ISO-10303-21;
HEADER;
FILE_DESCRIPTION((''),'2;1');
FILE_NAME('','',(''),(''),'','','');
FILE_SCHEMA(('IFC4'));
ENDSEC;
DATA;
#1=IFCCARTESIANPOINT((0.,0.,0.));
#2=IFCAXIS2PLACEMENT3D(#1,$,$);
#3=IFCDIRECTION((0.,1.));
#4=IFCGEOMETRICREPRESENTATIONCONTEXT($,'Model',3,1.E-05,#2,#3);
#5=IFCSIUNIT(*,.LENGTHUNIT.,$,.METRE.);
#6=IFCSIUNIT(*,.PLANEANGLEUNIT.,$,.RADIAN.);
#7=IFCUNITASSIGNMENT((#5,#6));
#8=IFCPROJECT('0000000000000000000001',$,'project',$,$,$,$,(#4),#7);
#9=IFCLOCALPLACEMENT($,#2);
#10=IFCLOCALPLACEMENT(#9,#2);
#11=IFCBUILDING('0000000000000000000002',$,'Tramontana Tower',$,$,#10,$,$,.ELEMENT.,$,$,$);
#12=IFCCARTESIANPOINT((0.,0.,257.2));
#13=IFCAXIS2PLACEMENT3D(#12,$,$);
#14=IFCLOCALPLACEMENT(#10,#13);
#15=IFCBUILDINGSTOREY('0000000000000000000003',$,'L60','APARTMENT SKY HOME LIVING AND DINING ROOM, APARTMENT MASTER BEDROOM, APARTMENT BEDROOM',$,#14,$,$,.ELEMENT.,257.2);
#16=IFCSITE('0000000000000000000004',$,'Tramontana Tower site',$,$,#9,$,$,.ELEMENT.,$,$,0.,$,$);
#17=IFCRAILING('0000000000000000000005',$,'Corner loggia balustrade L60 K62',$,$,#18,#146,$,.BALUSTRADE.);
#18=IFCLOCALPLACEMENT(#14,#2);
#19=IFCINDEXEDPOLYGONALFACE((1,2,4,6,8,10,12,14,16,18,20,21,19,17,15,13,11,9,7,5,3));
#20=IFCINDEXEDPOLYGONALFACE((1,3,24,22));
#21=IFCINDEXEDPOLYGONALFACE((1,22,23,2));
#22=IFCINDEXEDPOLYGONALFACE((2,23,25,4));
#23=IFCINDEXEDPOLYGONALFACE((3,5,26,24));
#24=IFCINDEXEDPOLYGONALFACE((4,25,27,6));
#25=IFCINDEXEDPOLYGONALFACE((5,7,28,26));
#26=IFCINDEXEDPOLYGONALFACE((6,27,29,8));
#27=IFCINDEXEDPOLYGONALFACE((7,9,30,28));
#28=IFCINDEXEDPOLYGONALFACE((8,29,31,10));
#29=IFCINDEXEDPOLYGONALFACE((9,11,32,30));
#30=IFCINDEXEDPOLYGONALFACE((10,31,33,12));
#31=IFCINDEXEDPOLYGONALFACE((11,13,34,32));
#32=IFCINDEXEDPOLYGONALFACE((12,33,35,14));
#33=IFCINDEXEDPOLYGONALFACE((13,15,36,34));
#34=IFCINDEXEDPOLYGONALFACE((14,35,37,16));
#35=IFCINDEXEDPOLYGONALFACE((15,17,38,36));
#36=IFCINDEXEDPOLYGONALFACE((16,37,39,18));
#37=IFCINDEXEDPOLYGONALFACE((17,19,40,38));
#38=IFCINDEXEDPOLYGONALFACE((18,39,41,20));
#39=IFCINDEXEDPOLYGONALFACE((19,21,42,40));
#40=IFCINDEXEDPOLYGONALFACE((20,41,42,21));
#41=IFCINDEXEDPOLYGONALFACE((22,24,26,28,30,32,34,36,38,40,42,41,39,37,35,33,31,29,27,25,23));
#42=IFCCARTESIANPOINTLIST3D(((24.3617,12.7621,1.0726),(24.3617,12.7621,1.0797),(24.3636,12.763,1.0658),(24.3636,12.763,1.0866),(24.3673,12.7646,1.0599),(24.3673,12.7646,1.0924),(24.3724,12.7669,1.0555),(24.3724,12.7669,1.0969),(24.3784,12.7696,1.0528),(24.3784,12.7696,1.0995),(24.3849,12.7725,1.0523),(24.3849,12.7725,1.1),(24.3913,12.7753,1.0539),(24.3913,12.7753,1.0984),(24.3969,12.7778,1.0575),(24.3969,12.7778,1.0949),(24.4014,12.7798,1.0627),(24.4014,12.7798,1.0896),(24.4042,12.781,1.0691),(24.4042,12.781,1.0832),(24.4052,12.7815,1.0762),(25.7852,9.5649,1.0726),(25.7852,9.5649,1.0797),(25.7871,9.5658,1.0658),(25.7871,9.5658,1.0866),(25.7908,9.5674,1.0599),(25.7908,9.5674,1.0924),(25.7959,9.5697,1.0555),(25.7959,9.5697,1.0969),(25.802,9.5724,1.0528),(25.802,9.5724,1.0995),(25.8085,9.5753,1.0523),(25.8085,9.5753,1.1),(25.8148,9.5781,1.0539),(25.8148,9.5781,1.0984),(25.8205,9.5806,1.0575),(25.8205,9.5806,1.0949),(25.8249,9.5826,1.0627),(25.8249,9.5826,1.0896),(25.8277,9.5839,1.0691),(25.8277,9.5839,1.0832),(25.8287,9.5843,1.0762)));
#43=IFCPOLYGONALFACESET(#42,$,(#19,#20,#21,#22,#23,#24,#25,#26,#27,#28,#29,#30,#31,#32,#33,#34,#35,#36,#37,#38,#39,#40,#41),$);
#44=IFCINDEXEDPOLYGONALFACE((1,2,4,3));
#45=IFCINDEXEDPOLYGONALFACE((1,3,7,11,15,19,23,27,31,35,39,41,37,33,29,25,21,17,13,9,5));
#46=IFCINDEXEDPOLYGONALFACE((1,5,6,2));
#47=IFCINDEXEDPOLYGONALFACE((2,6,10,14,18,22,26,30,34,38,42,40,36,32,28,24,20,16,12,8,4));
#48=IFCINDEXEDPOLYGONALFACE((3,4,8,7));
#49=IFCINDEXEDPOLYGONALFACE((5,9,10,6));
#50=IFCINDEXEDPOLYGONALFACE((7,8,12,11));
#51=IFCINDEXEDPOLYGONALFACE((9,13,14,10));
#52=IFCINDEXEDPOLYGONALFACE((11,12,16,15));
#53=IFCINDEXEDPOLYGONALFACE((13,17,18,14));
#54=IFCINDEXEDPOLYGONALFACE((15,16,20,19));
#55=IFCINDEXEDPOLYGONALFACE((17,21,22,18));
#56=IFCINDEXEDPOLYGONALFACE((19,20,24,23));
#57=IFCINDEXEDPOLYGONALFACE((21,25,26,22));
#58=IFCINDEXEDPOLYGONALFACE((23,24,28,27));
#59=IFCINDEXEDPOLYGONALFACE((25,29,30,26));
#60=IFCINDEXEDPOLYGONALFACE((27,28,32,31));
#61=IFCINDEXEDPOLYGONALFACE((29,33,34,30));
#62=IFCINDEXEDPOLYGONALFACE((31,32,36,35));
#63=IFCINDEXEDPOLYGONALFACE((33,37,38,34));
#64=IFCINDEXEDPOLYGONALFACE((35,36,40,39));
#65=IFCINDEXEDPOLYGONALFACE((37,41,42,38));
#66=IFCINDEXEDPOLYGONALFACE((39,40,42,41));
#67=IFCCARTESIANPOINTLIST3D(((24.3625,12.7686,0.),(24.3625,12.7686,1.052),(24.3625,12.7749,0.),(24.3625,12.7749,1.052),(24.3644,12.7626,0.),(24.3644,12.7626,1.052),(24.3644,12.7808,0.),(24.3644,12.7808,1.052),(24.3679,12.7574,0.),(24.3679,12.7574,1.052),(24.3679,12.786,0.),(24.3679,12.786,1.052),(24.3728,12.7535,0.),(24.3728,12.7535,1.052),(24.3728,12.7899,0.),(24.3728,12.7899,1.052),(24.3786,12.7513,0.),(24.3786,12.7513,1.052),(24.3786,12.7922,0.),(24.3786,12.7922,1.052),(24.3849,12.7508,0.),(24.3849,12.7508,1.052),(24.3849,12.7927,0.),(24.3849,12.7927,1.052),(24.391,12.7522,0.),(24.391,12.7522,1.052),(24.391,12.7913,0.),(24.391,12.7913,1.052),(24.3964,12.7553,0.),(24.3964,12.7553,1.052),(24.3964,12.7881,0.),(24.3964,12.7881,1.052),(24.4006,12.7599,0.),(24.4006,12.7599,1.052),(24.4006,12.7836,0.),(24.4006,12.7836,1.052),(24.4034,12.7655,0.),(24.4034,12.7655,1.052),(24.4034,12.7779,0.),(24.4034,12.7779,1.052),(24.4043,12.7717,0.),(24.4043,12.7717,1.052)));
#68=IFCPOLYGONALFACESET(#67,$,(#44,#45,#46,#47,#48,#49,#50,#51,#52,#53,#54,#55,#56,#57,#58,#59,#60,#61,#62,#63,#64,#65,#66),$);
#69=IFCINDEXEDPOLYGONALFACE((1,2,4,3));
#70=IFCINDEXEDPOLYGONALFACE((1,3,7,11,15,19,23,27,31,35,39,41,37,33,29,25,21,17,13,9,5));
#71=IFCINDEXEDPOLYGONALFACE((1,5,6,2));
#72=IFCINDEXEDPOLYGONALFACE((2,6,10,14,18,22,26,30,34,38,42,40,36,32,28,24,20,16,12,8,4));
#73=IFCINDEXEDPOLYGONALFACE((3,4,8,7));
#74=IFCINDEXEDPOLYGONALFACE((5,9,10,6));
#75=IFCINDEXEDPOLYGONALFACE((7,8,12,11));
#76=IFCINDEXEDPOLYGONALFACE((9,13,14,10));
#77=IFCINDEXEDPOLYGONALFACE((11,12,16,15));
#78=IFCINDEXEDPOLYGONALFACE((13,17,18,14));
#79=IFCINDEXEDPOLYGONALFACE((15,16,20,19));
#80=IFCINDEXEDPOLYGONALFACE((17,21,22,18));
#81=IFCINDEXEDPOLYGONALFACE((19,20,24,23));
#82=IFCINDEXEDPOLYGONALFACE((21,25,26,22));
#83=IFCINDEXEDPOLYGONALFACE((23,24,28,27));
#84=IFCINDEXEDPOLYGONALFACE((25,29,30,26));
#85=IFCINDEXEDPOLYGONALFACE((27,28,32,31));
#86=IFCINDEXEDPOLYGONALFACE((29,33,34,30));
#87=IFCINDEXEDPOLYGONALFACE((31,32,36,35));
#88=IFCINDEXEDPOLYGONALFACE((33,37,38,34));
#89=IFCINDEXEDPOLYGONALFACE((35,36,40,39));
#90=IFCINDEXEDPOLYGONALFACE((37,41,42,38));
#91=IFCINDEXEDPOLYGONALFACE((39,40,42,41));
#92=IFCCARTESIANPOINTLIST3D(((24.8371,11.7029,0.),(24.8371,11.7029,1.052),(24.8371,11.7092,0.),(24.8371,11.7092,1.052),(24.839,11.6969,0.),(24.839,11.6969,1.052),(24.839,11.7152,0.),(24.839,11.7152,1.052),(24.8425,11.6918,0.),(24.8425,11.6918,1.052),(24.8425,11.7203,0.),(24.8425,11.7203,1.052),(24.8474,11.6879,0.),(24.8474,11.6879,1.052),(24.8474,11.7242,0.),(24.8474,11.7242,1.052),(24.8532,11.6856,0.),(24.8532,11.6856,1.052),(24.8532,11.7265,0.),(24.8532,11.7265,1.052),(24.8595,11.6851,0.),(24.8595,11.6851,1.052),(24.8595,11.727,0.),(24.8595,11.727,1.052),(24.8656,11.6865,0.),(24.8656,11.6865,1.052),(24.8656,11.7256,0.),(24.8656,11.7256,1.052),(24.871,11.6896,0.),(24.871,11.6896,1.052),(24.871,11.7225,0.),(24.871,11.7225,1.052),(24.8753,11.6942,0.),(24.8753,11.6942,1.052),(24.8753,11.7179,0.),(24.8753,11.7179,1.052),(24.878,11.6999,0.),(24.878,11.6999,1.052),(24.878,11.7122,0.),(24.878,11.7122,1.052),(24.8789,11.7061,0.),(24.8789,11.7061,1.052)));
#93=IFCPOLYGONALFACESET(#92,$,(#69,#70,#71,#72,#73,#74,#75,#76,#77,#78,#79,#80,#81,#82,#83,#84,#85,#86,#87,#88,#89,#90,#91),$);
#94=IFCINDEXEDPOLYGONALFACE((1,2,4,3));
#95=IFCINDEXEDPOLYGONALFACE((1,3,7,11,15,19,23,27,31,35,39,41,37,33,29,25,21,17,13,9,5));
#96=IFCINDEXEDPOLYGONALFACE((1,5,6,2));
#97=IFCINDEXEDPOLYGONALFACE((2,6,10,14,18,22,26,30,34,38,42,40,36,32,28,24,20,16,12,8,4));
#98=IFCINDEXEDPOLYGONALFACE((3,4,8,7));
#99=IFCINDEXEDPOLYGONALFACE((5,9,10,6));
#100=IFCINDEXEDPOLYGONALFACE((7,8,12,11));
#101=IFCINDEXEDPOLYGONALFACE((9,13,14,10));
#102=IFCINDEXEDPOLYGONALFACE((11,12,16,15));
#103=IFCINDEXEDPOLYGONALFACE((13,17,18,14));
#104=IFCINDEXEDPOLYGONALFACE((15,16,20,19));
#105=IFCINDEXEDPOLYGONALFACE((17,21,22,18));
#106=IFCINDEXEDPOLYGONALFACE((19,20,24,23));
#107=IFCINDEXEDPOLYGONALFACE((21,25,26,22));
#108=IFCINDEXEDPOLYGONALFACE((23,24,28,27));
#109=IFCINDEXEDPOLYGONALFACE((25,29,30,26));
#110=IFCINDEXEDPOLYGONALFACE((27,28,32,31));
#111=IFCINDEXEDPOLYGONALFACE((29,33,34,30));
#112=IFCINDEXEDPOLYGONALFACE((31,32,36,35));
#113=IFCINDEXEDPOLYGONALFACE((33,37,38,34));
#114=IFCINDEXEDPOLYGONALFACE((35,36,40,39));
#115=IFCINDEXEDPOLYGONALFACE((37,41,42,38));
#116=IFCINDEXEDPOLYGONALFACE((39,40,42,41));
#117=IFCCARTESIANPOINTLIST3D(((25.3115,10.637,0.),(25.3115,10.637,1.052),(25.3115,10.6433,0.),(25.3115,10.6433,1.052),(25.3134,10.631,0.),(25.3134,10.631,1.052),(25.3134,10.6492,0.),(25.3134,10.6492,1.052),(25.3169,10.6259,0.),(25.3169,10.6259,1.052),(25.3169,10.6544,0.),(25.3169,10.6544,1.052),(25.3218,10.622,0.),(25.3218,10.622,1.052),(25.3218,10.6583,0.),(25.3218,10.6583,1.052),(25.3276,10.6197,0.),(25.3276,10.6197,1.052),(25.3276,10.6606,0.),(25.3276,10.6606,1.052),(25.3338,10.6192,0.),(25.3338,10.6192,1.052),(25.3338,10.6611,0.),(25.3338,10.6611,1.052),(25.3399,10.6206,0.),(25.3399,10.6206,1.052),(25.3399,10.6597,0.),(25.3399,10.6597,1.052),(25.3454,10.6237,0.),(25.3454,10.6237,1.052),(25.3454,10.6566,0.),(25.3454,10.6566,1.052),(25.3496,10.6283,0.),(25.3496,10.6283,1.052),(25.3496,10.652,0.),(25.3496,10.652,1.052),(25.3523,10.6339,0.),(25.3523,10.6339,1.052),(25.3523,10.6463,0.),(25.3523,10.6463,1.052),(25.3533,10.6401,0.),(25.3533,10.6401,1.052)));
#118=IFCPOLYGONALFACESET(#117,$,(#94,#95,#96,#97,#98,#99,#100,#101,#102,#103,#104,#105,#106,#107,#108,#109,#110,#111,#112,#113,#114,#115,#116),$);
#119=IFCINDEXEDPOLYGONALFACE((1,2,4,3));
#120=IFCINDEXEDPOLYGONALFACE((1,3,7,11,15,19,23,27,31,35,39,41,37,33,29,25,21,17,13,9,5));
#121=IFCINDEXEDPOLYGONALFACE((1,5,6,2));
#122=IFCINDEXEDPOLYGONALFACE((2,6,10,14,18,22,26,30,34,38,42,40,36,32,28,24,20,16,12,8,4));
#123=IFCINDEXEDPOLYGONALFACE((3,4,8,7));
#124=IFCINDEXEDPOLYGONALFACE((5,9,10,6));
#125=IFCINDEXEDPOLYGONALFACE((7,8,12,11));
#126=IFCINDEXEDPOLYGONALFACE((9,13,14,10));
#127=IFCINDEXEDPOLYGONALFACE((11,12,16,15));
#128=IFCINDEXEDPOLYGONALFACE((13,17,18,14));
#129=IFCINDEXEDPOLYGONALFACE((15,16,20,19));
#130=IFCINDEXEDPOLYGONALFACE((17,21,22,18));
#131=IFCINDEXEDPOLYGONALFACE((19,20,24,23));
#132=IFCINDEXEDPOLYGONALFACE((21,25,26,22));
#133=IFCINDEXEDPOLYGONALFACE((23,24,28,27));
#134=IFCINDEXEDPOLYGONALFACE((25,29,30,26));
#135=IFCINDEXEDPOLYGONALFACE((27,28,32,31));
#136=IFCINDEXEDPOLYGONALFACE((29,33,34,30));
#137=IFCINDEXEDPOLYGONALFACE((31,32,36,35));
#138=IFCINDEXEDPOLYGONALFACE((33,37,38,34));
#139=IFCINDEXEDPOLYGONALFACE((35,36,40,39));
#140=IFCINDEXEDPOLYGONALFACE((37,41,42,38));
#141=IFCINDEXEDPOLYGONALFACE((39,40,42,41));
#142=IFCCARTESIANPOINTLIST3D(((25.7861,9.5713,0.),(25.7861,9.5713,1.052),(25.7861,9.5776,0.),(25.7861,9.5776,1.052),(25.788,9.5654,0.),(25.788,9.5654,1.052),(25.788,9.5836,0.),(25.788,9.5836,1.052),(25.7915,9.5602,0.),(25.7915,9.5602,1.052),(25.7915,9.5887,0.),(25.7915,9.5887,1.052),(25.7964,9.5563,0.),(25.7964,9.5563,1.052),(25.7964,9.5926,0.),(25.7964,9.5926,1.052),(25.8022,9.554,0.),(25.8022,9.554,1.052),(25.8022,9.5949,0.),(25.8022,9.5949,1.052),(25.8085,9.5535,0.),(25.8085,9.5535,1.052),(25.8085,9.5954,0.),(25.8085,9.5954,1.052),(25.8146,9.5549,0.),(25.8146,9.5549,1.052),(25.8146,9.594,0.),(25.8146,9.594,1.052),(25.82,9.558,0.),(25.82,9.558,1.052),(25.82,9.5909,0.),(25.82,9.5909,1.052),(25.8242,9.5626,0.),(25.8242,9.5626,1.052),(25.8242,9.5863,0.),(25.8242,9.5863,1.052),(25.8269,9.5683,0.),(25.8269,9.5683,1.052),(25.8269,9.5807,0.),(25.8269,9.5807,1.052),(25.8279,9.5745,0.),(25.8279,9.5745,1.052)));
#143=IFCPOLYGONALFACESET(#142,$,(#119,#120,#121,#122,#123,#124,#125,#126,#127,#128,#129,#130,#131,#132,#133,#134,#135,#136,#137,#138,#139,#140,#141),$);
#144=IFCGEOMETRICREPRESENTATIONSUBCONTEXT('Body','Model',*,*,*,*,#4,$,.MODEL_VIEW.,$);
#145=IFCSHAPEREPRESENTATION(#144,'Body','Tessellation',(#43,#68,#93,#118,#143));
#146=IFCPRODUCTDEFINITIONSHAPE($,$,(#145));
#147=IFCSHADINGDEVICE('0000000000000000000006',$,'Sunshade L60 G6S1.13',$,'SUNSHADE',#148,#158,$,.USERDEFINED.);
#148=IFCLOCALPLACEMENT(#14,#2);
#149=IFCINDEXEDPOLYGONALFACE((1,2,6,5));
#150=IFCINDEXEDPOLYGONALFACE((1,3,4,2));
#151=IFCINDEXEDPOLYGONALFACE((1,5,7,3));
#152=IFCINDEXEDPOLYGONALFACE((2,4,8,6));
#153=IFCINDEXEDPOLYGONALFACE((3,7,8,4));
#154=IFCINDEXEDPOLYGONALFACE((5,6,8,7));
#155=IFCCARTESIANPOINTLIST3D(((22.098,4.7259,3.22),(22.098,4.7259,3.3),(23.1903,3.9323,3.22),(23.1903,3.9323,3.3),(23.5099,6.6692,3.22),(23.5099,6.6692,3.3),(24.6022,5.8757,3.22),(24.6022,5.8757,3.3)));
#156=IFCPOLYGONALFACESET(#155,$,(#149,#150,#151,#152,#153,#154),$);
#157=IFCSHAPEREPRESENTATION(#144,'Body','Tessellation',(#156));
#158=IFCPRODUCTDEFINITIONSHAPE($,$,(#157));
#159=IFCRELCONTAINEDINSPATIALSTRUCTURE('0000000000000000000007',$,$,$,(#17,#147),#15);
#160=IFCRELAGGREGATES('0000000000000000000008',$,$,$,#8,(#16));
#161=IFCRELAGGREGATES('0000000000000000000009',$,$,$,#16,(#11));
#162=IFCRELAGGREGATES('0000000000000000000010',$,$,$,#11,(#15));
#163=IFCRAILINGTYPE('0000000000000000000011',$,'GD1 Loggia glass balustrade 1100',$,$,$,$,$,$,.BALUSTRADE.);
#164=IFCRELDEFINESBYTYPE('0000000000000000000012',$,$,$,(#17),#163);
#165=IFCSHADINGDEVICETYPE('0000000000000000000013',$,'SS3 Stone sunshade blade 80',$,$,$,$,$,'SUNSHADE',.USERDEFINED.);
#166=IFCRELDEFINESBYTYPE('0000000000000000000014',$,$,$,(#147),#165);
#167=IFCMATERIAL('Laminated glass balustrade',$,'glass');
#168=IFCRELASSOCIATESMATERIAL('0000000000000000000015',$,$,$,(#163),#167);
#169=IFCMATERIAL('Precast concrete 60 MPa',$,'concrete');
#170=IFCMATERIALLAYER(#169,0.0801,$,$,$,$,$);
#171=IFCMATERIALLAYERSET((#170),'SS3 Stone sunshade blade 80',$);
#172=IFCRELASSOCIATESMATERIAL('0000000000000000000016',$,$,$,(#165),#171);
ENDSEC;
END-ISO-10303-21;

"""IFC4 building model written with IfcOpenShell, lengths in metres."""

from ifc_helpers import new_model, si_unit, direction, frame, origin, origin_2d, place, context, subcontext, project, spatial, rectangle, circle, extrude, material, layer, layer_set, type_object, element, save


model = new_model("IFC4")

# Units and contexts
model_context = context("Model", 3, precision=1e-05, world=origin(), true_north=direction((0.0, 1.0)))
body_context = subcontext(model_context, "Body", "Model", "MODEL_VIEW")
ifc_project = project(units=[si_unit("LENGTHUNIT", "METRE"), si_unit("PLANEANGLEUNIT", "RADIAN")], contexts=[model_context])

# Site, building, storey
site_placement = place(None, origin())
site = spatial("IfcSite", under=ifc_project, at=site_placement, Name="Tramontana Tower site", CompositionType="ELEMENT", RefElevation=0.0)
building_placement = place(site_placement, origin())
building = spatial("IfcBuilding", under=site, at=building_placement, Name="Tramontana Tower", CompositionType="ELEMENT")
storey_placement = place(building_placement, frame((0.0, 0.0, 257.2)))
storey = spatial("IfcBuildingStorey", under=building, at=storey_placement, Name="L60", Description="APARTMENT SKY HOME LIVING AND DINING ROOM, APARTMENT MASTER BEDROOM, APARTMENT BEDROOM", CompositionType="ELEMENT", Elevation=257.2)

# Railing
ifc_material_1 = material(Name="Laminated glass balustrade", Category="glass")
railing_type = type_object("IfcRailingType", Name="GD1 Loggia glass balustrade 1100", PredefinedType="BALUSTRADE", material=ifc_material_1)
railing_1_placement = place(storey_placement, frame((24.3833, 12.7717, 0.0)))
element("IfcRailing", 1, at=railing_1_placement, inside=storey, type_object=railing_type, Name="Corner loggia balustrade L60 K62", PredefinedType="BALUSTRADE", context=body_context, shape_type="SweptSolid", body=[
    extrude(circle(Radius=0.0239, at=origin_2d()), frame((0.0, 0.0, 1.0762), z_axis=(0.406753, -0.913538, 0.0), x_axis=(0.913538, 0.406753, 0.0)), (0.0, 0.0, 1.0), 3.4998),
    extrude(circle(Radius=0.021, at=origin_2d()), origin(), (0.0, 0.0, 1.0), 1.052),
    extrude(circle(Radius=0.021, at=origin_2d()), frame((0.4746, -1.0657, 0.0)), (0.0, 0.0, 1.0), 1.052),
    extrude(circle(Radius=0.021, at=origin_2d()), frame((0.949, -2.1316, 0.0)), (0.0, 0.0, 1.0), 1.052),
    extrude(circle(Radius=0.021, at=origin_2d()), frame((1.4236, -3.1973, 0.0)), (0.0, 0.0, 1.0), 1.052),
])

# Shading device
ifc_material_2 = material(Name="Precast concrete 60 MPa", Category="concrete")
ifc_layer_1 = layer(ifc_material_2, 0.0801)
ifc_layer_set_1 = layer_set([ifc_layer_1], Name="SS3 Stone sunshade blade 80")
shading_device_type = type_object("IfcShadingDeviceType", Name="SS3 Stone sunshade blade 80", ElementType="SUNSHADE", PredefinedType="USERDEFINED", material=ifc_layer_set_1)
shading_device_placement = place(storey_placement, frame((23.3501, 5.3008, 3.22), z_axis=(0.0, 0.0, 1.0), x_axis=(0.587785, 0.809017, 0.0)))
element("IfcShadingDevice", 2, at=shading_device_placement, inside=storey, type_object=shading_device_type, Name="Sunshade L60 G6S1.13", ObjectType="SUNSHADE", PredefinedType="USERDEFINED", context=body_context, shape_type="SweptSolid", body=[
    extrude(rectangle(XDim=2.4021, YDim=1.3501, at=origin_2d()), origin(), (0.0, 0.0, 1.0), 0.0801),
])

save(model, "model.ifc")
